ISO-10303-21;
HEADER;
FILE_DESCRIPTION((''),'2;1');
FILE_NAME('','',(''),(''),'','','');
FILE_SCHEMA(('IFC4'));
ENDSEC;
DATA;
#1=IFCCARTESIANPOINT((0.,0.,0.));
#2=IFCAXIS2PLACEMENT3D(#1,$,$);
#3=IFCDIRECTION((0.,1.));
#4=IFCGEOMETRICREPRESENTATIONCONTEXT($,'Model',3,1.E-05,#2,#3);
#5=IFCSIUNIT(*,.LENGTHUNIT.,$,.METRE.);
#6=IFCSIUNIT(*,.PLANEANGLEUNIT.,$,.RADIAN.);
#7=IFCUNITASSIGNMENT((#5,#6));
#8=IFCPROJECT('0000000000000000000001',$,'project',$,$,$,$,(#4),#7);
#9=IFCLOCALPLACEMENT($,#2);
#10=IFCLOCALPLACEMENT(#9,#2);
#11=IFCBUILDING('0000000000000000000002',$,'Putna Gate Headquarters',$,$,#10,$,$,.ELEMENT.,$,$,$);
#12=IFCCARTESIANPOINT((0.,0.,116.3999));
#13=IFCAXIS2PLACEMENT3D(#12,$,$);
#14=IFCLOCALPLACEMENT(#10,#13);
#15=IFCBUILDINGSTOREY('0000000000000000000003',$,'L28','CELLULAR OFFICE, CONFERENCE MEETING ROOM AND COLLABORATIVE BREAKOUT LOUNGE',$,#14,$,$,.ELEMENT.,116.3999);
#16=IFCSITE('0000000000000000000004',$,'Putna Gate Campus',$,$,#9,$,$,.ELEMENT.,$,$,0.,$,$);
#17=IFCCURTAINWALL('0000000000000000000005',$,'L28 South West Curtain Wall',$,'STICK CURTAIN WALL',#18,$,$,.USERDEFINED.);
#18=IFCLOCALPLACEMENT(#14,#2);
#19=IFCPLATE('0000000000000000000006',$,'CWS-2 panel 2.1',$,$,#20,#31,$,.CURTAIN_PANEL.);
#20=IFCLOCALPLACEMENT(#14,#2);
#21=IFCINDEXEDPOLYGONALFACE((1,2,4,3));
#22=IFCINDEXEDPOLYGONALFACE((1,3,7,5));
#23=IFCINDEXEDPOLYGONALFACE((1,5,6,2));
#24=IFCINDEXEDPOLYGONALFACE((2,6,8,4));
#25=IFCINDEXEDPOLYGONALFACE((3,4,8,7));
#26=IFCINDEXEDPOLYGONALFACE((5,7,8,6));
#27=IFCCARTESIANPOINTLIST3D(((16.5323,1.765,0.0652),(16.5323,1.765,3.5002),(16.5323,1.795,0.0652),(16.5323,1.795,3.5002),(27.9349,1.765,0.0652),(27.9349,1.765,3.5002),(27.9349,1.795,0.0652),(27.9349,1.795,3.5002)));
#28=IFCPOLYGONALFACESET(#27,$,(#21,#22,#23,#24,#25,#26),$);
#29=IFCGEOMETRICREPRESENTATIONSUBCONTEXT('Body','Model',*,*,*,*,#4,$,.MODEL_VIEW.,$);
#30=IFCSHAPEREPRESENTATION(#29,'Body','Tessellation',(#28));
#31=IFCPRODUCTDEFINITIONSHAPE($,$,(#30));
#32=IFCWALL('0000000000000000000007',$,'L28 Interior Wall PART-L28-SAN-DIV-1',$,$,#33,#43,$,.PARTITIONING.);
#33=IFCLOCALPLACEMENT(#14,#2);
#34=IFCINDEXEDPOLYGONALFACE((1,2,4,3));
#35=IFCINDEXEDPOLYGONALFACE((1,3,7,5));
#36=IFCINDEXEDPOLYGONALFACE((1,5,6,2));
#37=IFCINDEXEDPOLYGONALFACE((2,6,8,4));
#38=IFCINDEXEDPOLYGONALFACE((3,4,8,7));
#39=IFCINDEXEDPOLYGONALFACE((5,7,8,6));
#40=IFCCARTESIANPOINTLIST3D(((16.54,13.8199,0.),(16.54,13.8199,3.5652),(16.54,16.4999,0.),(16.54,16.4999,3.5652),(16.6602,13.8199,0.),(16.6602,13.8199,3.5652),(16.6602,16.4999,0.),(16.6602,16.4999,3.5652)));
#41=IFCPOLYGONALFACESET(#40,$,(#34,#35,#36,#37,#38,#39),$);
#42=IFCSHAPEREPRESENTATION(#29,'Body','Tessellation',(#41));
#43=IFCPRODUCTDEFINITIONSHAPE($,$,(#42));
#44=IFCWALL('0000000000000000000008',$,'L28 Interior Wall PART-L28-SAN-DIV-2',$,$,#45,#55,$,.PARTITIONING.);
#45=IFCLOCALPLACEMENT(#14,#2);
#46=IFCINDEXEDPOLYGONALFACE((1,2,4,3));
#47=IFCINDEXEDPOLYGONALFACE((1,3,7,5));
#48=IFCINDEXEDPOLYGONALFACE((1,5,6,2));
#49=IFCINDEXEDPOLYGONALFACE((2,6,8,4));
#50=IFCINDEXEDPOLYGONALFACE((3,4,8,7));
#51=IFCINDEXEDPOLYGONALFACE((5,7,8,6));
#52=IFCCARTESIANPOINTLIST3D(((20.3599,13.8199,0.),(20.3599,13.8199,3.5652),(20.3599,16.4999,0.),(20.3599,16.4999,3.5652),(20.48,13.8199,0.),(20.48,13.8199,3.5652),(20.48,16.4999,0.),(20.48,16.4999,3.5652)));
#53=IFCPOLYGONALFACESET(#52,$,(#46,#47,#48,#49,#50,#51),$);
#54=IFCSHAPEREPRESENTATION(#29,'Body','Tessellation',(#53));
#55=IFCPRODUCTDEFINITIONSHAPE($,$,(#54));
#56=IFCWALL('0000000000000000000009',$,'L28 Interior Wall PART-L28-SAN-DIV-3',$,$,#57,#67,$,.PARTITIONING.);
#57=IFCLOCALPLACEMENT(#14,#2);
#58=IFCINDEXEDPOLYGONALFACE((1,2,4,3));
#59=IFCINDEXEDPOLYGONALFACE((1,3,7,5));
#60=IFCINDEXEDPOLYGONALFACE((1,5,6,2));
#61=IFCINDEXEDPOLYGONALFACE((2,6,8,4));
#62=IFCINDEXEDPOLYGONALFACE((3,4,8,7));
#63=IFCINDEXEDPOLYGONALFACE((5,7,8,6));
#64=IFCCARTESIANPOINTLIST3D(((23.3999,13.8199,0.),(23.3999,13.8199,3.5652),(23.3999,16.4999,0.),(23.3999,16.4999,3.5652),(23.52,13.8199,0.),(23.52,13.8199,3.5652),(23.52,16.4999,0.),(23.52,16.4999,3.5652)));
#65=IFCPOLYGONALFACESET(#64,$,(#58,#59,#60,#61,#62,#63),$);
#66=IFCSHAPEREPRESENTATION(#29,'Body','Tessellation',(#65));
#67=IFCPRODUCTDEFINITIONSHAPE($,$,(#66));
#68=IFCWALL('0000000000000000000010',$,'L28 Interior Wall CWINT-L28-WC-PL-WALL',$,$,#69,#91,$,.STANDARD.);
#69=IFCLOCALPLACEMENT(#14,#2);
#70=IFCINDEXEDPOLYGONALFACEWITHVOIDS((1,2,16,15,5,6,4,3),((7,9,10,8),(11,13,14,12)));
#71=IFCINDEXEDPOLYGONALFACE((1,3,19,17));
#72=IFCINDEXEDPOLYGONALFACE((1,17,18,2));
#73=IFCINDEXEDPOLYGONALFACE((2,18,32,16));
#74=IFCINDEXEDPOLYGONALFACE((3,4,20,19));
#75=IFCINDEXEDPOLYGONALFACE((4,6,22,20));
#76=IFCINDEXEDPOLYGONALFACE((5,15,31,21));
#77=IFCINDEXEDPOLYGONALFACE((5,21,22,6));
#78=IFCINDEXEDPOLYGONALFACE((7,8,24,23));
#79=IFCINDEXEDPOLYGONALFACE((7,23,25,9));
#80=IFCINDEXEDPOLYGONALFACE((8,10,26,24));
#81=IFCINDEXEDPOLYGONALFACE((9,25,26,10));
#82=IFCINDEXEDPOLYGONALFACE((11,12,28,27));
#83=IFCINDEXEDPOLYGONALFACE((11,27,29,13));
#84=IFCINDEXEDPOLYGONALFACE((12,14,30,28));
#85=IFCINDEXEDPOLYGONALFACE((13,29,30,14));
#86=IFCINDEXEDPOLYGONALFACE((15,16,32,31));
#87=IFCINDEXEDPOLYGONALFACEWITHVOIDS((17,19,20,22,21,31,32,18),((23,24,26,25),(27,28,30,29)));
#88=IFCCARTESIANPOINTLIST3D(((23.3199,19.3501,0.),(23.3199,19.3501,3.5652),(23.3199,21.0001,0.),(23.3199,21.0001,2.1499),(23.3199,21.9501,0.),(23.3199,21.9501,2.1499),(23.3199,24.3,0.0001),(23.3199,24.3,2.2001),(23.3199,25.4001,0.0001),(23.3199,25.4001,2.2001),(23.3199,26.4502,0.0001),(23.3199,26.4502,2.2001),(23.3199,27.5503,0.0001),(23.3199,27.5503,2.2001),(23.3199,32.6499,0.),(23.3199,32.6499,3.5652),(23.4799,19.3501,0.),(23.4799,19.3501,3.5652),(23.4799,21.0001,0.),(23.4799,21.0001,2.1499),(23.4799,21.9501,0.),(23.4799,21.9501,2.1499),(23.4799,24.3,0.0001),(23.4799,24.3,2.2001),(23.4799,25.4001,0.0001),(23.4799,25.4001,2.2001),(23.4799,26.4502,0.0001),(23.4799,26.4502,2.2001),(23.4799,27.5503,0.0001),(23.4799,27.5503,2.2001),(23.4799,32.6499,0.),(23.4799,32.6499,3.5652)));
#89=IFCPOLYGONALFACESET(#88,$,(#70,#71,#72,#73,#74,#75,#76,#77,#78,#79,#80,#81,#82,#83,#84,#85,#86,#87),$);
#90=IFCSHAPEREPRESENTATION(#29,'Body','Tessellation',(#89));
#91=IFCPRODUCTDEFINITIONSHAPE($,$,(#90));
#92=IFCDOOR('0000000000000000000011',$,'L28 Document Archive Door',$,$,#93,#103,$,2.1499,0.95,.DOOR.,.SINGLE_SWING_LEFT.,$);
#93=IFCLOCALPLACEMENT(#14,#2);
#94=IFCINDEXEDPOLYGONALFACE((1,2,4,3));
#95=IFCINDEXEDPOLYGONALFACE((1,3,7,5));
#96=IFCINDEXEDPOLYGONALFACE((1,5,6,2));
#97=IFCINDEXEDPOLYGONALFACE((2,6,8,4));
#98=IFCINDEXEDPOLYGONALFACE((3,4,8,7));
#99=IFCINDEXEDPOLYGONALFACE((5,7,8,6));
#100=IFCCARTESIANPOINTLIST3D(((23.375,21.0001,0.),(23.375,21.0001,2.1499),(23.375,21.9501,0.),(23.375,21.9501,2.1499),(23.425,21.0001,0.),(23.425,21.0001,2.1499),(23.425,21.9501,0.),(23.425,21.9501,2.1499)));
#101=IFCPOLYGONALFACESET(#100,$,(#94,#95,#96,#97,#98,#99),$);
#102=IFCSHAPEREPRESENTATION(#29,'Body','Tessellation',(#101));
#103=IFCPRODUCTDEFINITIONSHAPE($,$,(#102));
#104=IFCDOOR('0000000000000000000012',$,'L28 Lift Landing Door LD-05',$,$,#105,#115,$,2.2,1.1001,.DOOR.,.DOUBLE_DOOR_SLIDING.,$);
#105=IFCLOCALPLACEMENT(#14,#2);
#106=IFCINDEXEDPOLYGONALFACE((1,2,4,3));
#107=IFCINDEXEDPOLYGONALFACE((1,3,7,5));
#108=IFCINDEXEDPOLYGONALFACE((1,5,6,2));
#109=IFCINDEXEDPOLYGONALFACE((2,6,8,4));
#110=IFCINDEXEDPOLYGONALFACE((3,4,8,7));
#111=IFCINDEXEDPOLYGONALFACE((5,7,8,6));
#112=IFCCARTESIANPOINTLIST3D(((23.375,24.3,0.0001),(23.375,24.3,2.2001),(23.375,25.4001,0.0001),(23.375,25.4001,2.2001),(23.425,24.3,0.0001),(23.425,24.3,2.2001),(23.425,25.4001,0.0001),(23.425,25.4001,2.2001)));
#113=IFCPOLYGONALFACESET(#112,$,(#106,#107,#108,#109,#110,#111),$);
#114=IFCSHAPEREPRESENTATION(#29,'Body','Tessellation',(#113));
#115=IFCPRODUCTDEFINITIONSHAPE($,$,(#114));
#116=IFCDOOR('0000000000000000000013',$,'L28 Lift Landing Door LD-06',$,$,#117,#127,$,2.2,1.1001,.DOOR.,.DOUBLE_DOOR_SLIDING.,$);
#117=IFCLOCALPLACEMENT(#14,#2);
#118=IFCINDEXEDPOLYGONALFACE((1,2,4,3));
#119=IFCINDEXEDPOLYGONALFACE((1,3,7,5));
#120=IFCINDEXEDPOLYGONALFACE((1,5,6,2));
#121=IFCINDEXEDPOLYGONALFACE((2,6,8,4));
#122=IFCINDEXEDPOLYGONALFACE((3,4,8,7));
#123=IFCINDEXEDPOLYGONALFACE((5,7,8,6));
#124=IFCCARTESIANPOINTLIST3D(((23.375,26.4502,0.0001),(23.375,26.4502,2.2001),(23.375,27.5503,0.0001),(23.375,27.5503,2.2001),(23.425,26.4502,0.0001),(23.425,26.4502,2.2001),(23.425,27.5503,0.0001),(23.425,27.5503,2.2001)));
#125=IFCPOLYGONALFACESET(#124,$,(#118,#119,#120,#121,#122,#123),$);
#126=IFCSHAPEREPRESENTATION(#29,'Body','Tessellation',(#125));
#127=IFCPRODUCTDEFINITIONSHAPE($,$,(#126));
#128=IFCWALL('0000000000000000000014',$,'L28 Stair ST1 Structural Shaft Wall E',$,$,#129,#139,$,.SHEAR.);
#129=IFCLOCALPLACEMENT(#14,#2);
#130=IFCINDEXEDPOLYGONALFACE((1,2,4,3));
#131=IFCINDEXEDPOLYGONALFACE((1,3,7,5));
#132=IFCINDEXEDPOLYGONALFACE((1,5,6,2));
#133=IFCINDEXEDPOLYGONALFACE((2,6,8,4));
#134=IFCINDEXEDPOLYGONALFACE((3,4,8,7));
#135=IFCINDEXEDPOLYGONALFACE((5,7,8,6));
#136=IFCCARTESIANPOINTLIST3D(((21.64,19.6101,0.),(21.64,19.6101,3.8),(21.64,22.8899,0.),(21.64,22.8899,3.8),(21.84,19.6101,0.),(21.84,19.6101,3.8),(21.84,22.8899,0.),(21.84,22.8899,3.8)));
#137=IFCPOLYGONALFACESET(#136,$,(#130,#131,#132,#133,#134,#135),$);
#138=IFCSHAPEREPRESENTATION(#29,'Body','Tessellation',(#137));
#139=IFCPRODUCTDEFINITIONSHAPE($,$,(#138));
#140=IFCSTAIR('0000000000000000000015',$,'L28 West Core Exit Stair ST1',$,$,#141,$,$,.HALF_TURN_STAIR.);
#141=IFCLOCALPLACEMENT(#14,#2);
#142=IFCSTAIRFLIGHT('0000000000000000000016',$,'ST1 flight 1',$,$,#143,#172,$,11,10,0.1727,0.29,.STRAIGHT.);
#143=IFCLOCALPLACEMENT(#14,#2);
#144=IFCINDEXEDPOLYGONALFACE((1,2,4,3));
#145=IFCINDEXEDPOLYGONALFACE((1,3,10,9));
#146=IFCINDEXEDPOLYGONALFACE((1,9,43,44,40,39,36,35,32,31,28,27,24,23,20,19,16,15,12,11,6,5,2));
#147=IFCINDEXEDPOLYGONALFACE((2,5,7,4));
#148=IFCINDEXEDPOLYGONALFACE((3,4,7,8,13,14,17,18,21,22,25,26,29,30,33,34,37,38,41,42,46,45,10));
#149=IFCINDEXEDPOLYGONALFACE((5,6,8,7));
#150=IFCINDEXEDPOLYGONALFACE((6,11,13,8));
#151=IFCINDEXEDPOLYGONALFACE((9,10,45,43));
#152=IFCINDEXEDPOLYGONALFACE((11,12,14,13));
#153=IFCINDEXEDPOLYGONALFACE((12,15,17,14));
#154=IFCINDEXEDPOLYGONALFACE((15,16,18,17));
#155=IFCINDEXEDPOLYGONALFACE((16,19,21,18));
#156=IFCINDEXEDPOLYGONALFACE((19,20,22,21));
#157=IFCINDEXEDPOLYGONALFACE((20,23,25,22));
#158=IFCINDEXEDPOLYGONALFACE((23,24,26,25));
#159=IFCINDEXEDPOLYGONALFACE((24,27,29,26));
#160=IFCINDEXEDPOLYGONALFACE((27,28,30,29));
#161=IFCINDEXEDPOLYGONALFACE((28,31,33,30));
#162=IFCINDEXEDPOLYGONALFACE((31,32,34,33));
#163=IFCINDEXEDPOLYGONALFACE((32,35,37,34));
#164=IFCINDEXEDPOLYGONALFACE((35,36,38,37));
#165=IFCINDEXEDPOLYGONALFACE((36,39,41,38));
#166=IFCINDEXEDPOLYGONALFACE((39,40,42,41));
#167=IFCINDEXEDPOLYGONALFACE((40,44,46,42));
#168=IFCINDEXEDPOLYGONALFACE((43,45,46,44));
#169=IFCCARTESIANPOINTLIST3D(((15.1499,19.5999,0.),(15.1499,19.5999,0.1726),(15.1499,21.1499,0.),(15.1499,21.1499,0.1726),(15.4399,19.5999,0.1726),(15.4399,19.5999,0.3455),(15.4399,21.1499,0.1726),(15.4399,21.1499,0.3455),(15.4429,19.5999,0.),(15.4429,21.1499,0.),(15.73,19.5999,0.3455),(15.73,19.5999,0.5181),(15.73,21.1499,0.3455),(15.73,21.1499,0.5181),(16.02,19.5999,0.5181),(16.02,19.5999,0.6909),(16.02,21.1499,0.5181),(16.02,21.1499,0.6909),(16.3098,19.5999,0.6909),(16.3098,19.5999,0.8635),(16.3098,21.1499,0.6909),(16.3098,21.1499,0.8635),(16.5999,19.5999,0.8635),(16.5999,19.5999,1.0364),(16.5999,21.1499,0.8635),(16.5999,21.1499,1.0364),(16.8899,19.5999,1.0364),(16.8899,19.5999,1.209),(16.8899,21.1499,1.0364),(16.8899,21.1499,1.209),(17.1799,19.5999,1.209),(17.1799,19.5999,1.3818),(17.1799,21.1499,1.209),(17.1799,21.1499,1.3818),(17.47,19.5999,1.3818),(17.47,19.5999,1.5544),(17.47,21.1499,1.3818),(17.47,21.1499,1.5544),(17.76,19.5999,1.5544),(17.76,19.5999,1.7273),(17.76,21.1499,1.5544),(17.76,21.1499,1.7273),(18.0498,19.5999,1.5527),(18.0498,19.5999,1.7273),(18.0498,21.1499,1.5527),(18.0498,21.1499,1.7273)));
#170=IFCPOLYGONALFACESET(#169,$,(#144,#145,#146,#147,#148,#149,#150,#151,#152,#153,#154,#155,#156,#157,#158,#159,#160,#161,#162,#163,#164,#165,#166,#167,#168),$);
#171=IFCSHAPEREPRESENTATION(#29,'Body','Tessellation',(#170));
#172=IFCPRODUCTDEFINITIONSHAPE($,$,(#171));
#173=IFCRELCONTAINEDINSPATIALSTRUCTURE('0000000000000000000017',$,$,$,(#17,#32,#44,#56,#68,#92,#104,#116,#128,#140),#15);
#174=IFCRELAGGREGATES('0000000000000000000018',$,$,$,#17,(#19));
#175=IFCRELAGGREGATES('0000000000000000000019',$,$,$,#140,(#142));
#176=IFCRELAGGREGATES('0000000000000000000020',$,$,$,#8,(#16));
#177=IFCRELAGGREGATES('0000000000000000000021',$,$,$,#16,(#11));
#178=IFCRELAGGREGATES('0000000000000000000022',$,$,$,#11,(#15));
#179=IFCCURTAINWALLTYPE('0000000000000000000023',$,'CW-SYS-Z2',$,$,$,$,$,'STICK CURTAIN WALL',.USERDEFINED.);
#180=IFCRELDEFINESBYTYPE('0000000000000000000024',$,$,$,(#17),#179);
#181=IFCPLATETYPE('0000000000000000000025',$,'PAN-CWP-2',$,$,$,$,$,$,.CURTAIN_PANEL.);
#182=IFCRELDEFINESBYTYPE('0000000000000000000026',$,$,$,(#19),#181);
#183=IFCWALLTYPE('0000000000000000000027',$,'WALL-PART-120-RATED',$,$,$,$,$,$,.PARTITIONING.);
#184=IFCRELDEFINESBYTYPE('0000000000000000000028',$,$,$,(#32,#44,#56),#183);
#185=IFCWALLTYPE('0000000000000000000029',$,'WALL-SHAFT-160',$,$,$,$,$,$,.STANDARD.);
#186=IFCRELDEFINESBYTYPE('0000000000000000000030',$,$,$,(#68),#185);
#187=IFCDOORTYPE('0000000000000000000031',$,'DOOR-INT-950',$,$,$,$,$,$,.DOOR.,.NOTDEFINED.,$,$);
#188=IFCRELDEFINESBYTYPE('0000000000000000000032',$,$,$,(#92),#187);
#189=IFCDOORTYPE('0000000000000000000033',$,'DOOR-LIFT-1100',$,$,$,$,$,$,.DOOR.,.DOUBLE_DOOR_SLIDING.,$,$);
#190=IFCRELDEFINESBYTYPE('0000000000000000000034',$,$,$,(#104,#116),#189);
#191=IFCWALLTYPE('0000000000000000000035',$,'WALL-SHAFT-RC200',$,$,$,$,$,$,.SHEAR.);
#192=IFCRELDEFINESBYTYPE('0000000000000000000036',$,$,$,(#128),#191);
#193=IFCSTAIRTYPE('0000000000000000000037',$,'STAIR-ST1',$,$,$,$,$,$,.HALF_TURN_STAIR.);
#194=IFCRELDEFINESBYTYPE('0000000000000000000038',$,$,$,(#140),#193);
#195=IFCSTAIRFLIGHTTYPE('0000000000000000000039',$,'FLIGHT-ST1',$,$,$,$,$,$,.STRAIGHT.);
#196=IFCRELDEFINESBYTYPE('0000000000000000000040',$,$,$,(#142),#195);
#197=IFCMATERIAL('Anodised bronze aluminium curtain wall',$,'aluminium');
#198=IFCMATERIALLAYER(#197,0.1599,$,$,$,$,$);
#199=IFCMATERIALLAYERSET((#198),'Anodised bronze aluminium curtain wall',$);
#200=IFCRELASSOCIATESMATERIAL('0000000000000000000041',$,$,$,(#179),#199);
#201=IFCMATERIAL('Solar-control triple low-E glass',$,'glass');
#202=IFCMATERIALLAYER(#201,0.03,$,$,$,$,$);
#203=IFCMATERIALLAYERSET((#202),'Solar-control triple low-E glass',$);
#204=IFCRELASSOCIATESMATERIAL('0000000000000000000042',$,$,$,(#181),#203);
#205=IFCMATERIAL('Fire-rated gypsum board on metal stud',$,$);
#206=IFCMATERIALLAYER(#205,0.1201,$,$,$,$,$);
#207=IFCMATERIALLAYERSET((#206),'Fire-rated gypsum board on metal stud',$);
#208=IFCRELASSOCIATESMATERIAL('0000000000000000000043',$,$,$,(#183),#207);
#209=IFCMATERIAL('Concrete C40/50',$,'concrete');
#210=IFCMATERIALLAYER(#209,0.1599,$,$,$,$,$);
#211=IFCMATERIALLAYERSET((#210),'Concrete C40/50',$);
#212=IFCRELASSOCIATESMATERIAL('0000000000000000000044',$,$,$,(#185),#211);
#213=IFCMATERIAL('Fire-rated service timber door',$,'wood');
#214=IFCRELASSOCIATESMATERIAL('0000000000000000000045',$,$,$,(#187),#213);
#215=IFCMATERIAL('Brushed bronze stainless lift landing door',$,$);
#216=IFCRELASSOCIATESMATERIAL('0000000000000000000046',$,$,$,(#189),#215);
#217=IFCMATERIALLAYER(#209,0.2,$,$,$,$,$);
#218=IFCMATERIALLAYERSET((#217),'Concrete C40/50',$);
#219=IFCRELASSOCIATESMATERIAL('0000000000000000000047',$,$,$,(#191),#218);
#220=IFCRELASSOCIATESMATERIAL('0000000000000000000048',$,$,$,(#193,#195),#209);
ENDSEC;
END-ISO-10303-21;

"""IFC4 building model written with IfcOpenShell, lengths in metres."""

from ifc_helpers import new_model, si_unit, direction, frame, frame_2d, origin, origin_2d, place, context, subcontext, project, spatial, polyline, rectangle, outline, extrude, material, layer, layer_set, type_object, element, fill, aggregate, save


model = new_model("IFC4")

# Units and contexts
model_context = context("Model", 3, precision=1e-05, world=origin(), true_north=direction((0.0, 1.0)))
body_context = subcontext(model_context, "Body", "Model", "MODEL_VIEW")
ifc_project = project(units=[si_unit("LENGTHUNIT", "METRE"), si_unit("PLANEANGLEUNIT", "RADIAN")], contexts=[model_context])

# Site, building, storey
site_placement = place(None, origin())
site = spatial("IfcSite", under=ifc_project, at=site_placement, Name="Putna Gate Campus", CompositionType="ELEMENT", RefElevation=0.0)
building_placement = place(site_placement, origin())
building = spatial("IfcBuilding", under=site, at=building_placement, Name="Putna Gate Headquarters", CompositionType="ELEMENT")
storey_placement = place(building_placement, frame((0.0, 0.0, 116.3999)))
storey = spatial("IfcBuildingStorey", under=building, at=storey_placement, Name="L28", Description="CELLULAR OFFICE, CONFERENCE MEETING ROOM AND COLLABORATIVE BREAKOUT LOUNGE", CompositionType="ELEMENT", Elevation=116.3999)

# Curtain wall, plate
ifc_material_1 = material(Name="Anodised bronze aluminium curtain wall", Category="aluminium")
ifc_layer_1 = layer(ifc_material_1, 0.1599)
ifc_layer_set_1 = layer_set([ifc_layer_1], Name="Anodised bronze aluminium curtain wall")
curtain_wall_type = type_object("IfcCurtainWallType", Name="CW-SYS-Z2", ElementType="STICK CURTAIN WALL", PredefinedType="USERDEFINED", material=ifc_layer_set_1)
curtain_wall_placement = place(storey_placement, origin())
curtain_wall = element("IfcCurtainWall", 1, at=curtain_wall_placement, inside=storey, type_object=curtain_wall_type, Name="L28 South West Curtain Wall", ObjectType="STICK CURTAIN WALL", PredefinedType="USERDEFINED")
ifc_material_2 = material(Name="Solar-control triple low-E glass", Category="glass")
ifc_layer_2 = layer(ifc_material_2, 0.03)
ifc_layer_set_2 = layer_set([ifc_layer_2], Name="Solar-control triple low-E glass")
plate_type = type_object("IfcPlateType", Name="PAN-CWP-2", PredefinedType="CURTAIN_PANEL", material=ifc_layer_set_2)
plate_placement = place(storey_placement, frame((22.2336, 1.78, 0.0652), z_axis=(0.0, 0.0, 1.0), x_axis=(1.0, 0.0, 0.0)))
plate = element("IfcPlate", 2, at=plate_placement, type_object=plate_type, Name="CWS-2 panel 2.1", PredefinedType="CURTAIN_PANEL", context=body_context, shape_type="SweptSolid", body=[
    extrude(rectangle(XDim=11.4026, YDim=0.03, at=origin_2d()), origin(), (0.0, 0.0, 1.0), 3.4351),
])
aggregate(curtain_wall, [plate])

# Walls
ifc_material_3 = material(Name="Fire-rated gypsum board on metal stud")
ifc_layer_3 = layer(ifc_material_3, 0.1201)
ifc_layer_set_3 = layer_set([ifc_layer_3], Name="Fire-rated gypsum board on metal stud")
wall_type_1 = type_object("IfcWallType", Name="WALL-PART-120-RATED", PredefinedType="PARTITIONING", material=ifc_layer_set_3)
for number, where, z_axis, x_axis, name in (
    (3, (16.6001, 13.8201, 0.0), (0.0, 0.0, 1.0), (0.0, 1.0, 0.0), "L28 Interior Wall PART-L28-SAN-DIV-1"),
    (4, (20.4199, 13.8201, 0.0), (0.0, 0.0, 1.0), (0.0, 1.0, 0.0), "L28 Interior Wall PART-L28-SAN-DIV-2"),
    (5, (23.46, 13.8201, 0.0), (0.0, 0.0, 1.0), (0.0, 1.0, 0.0), "L28 Interior Wall PART-L28-SAN-DIV-3"),
):
    element("IfcWall", number, at=place(storey_placement, frame(where, z_axis=z_axis, x_axis=x_axis)), inside=storey, type_object=wall_type_1, Name=name, PredefinedType="PARTITIONING", context=body_context, shape_type="SweptSolid", body=[
        extrude(rectangle(XDim=2.6799, YDim=0.1201, at=frame_2d((1.3398, 0.0))), origin(), (0.0, 0.0, 1.0), 3.5652),
    ])

# Wall, openings, doors
ifc_material_4 = material(Name="Concrete C40/50", Category="concrete")
ifc_layer_4 = layer(ifc_material_4, 0.1599)
ifc_layer_set_4 = layer_set([ifc_layer_4], Name="Concrete C40/50")
wall_type_2 = type_object("IfcWallType", Name="WALL-SHAFT-160", PredefinedType="STANDARD", material=ifc_layer_set_4)
wall_1_placement = place(storey_placement, frame((23.3999, 19.3501, 0.0), z_axis=(0.0, 0.0, 1.0), x_axis=(0.0, 1.0, 0.0)))
wall_1 = element("IfcWall", 6, at=wall_1_placement, inside=storey, type_object=wall_type_2, Name="L28 Interior Wall CWINT-L28-WC-PL-WALL", PredefinedType="STANDARD", context=body_context, shape_type="SweptSolid", body=[
    extrude(rectangle(XDim=13.2998, YDim=0.1599, at=frame_2d((6.6499, 0.0))), origin(), (0.0, 0.0, 1.0), 3.5652),
])
opening_1_placement = place(wall_1_placement, frame((1.6499, 0.0, 0.0)))
opening_1 = element("IfcOpeningElement", 7, at=opening_1_placement, cuts=wall_1, PredefinedType="OPENING", context=body_context, shape_type="SweptSolid", body=[
    extrude(rectangle(XDim=0.95, YDim=2.1499, at=frame_2d((0.4751, 1.075))), frame((0.0, 0.0898, 0.0), z_axis=(0.0, -1.0, 0.0), x_axis=(1.0, 0.0, 0.0)), (0.0, 0.0, 1.0), 0.1799),
])
opening_2_placement = place(wall_1_placement, frame((4.95, 0.0, 0.0)))
opening_2 = element("IfcOpeningElement", 8, at=opening_2_placement, cuts=wall_1, PredefinedType="OPENING", context=body_context, shape_type="SweptSolid", body=[
    extrude(rectangle(XDim=1.1001, YDim=2.2, at=frame_2d((0.55, 1.1001))), frame((0.0, 0.0898, 0.0), z_axis=(0.0, -1.0, 0.0), x_axis=(1.0, 0.0, 0.0)), (0.0, 0.0, 1.0), 0.1799),
])
opening_3_placement = place(wall_1_placement, frame((7.1001, 0.0, 0.0)))
opening_3 = element("IfcOpeningElement", 9, at=opening_3_placement, cuts=wall_1, PredefinedType="OPENING", context=body_context, shape_type="SweptSolid", body=[
    extrude(rectangle(XDim=1.1001, YDim=2.2, at=frame_2d((0.55, 1.1001))), frame((0.0, 0.0898, 0.0), z_axis=(0.0, -1.0, 0.0), x_axis=(1.0, 0.0, 0.0)), (0.0, 0.0, 1.0), 0.1799),
])
ifc_material_5 = material(Name="Fire-rated service timber door", Category="wood")
door_type_1 = type_object("IfcDoorType", Name="DOOR-INT-950", OperationType="NOTDEFINED", PredefinedType="DOOR", material=ifc_material_5)
door_1_placement = place(opening_1_placement, origin())
door_1 = element("IfcDoor", 10, at=door_1_placement, inside=storey, type_object=door_type_1, Name="L28 Document Archive Door", OperationType="SINGLE_SWING_LEFT", OverallHeight=2.1499, OverallWidth=0.95, PredefinedType="DOOR", context=body_context, shape_type="SweptSolid", body=[
    extrude(rectangle(XDim=0.95, YDim=2.1499, at=frame_2d((0.4751, 1.075))), frame((0.0, 0.0249, 0.0), z_axis=(0.0, -1.0, 0.0), x_axis=(1.0, 0.0, 0.0)), (0.0, 0.0, 1.0), 0.05),
])
fill(opening_1, door_1)
ifc_material_6 = material(Name="Brushed bronze stainless lift landing door")
door_type_2 = type_object("IfcDoorType", Name="DOOR-LIFT-1100", OperationType="DOUBLE_DOOR_SLIDING", PredefinedType="DOOR", material=ifc_material_6)
door_2_placement = place(opening_2_placement, origin())
door_2 = element("IfcDoor", 11, at=door_2_placement, inside=storey, type_object=door_type_2, Name="L28 Lift Landing Door LD-05", OperationType="DOUBLE_DOOR_SLIDING", OverallHeight=2.2, OverallWidth=1.1001, PredefinedType="DOOR", context=body_context, shape_type="SweptSolid", body=[
    extrude(rectangle(XDim=1.1001, YDim=2.2, at=frame_2d((0.55, 1.1001))), frame((0.0, 0.0249, 0.0), z_axis=(0.0, -1.0, 0.0), x_axis=(1.0, 0.0, 0.0)), (0.0, 0.0, 1.0), 0.05),
])
fill(opening_2, door_2)
door_3_placement = place(opening_3_placement, origin())
door_3 = element("IfcDoor", 12, at=door_3_placement, inside=storey, type_object=door_type_2, Name="L28 Lift Landing Door LD-06", OperationType="DOUBLE_DOOR_SLIDING", OverallHeight=2.2, OverallWidth=1.1001, PredefinedType="DOOR", context=body_context, shape_type="SweptSolid", body=[
    extrude(rectangle(XDim=1.1001, YDim=2.2, at=frame_2d((0.55, 1.1001))), frame((0.0, 0.0249, 0.0), z_axis=(0.0, -1.0, 0.0), x_axis=(1.0, 0.0, 0.0)), (0.0, 0.0, 1.0), 0.05),
])
fill(opening_3, door_3)

# Wall
ifc_layer_5 = layer(ifc_material_4, 0.2)
ifc_layer_set_5 = layer_set([ifc_layer_5], Name="Concrete C40/50")
wall_type_3 = type_object("IfcWallType", Name="WALL-SHAFT-RC200", PredefinedType="SHEAR", material=ifc_layer_set_5)
wall_2_placement = place(storey_placement, frame((21.74, 19.6101, 0.0), z_axis=(0.0, 0.0, 1.0), x_axis=(0.0, 1.0, 0.0)))
element("IfcWall", 13, at=wall_2_placement, inside=storey, type_object=wall_type_3, Name="L28 Stair ST1 Structural Shaft Wall E", PredefinedType="SHEAR", context=body_context, shape_type="SweptSolid", body=[
    extrude(rectangle(XDim=3.2798, YDim=0.2, at=frame_2d((1.6399, 0.0))), origin(), (0.0, 0.0, 1.0), 3.8),
])

# Stair, stair flight
stair_type = type_object("IfcStairType", Name="STAIR-ST1", PredefinedType="HALF_TURN_STAIR", material=ifc_material_4)
stair_placement = place(storey_placement, origin())
stair = element("IfcStair", 14, at=stair_placement, inside=storey, type_object=stair_type, Name="L28 West Core Exit Stair ST1", PredefinedType="HALF_TURN_STAIR")
stair_flight_type = type_object("IfcStairFlightType", Name="FLIGHT-ST1", PredefinedType="STRAIGHT", material=ifc_material_4)
stair_flight_placement = place(storey_placement, frame((15.1499, 20.375, 0.0), z_axis=(0.0, 0.0, 1.0), x_axis=(1.0, 0.0, 0.0)))
stair_flight = element("IfcStairFlight", 15, at=stair_flight_placement, type_object=stair_flight_type, Name="ST1 flight 1", NumberOfRisers=11, NumberOfTreads=10, PredefinedType="STRAIGHT", RiserHeight=0.1727, TreadLength=0.29, context=body_context, shape_type="SweptSolid", body=[
    extrude(outline(polyline([(0.0, 0.0), (0.0, 0.1726), (0.29, 0.1726), (0.29, 0.3455), (0.5801, 0.3455), (0.5801, 0.5181), (0.8701, 0.5181), (0.8701, 0.6909), (1.1599, 0.6909), (1.1599, 0.8635), (1.45, 0.8635), (1.45, 1.0364), (1.74, 1.0364), (1.74, 1.209), (2.03, 1.209), (2.03, 1.3818), (2.3201, 1.3818), (2.3201, 1.5544), (2.6101, 1.5544), (2.6101, 1.7273), (2.8999, 1.7273), (2.8999, 1.8999), (2.8999, 1.5527), (0.293, 0.0), (0.0, 0.0)])), frame((0.0, 0.7749, 0.0), z_axis=(0.0, -1.0, 0.0), x_axis=(1.0, 0.0, 0.0)), (0.0, 0.0, 1.0), 1.55),
])
aggregate(stair, [stair_flight])

save(model, "model.ifc")
